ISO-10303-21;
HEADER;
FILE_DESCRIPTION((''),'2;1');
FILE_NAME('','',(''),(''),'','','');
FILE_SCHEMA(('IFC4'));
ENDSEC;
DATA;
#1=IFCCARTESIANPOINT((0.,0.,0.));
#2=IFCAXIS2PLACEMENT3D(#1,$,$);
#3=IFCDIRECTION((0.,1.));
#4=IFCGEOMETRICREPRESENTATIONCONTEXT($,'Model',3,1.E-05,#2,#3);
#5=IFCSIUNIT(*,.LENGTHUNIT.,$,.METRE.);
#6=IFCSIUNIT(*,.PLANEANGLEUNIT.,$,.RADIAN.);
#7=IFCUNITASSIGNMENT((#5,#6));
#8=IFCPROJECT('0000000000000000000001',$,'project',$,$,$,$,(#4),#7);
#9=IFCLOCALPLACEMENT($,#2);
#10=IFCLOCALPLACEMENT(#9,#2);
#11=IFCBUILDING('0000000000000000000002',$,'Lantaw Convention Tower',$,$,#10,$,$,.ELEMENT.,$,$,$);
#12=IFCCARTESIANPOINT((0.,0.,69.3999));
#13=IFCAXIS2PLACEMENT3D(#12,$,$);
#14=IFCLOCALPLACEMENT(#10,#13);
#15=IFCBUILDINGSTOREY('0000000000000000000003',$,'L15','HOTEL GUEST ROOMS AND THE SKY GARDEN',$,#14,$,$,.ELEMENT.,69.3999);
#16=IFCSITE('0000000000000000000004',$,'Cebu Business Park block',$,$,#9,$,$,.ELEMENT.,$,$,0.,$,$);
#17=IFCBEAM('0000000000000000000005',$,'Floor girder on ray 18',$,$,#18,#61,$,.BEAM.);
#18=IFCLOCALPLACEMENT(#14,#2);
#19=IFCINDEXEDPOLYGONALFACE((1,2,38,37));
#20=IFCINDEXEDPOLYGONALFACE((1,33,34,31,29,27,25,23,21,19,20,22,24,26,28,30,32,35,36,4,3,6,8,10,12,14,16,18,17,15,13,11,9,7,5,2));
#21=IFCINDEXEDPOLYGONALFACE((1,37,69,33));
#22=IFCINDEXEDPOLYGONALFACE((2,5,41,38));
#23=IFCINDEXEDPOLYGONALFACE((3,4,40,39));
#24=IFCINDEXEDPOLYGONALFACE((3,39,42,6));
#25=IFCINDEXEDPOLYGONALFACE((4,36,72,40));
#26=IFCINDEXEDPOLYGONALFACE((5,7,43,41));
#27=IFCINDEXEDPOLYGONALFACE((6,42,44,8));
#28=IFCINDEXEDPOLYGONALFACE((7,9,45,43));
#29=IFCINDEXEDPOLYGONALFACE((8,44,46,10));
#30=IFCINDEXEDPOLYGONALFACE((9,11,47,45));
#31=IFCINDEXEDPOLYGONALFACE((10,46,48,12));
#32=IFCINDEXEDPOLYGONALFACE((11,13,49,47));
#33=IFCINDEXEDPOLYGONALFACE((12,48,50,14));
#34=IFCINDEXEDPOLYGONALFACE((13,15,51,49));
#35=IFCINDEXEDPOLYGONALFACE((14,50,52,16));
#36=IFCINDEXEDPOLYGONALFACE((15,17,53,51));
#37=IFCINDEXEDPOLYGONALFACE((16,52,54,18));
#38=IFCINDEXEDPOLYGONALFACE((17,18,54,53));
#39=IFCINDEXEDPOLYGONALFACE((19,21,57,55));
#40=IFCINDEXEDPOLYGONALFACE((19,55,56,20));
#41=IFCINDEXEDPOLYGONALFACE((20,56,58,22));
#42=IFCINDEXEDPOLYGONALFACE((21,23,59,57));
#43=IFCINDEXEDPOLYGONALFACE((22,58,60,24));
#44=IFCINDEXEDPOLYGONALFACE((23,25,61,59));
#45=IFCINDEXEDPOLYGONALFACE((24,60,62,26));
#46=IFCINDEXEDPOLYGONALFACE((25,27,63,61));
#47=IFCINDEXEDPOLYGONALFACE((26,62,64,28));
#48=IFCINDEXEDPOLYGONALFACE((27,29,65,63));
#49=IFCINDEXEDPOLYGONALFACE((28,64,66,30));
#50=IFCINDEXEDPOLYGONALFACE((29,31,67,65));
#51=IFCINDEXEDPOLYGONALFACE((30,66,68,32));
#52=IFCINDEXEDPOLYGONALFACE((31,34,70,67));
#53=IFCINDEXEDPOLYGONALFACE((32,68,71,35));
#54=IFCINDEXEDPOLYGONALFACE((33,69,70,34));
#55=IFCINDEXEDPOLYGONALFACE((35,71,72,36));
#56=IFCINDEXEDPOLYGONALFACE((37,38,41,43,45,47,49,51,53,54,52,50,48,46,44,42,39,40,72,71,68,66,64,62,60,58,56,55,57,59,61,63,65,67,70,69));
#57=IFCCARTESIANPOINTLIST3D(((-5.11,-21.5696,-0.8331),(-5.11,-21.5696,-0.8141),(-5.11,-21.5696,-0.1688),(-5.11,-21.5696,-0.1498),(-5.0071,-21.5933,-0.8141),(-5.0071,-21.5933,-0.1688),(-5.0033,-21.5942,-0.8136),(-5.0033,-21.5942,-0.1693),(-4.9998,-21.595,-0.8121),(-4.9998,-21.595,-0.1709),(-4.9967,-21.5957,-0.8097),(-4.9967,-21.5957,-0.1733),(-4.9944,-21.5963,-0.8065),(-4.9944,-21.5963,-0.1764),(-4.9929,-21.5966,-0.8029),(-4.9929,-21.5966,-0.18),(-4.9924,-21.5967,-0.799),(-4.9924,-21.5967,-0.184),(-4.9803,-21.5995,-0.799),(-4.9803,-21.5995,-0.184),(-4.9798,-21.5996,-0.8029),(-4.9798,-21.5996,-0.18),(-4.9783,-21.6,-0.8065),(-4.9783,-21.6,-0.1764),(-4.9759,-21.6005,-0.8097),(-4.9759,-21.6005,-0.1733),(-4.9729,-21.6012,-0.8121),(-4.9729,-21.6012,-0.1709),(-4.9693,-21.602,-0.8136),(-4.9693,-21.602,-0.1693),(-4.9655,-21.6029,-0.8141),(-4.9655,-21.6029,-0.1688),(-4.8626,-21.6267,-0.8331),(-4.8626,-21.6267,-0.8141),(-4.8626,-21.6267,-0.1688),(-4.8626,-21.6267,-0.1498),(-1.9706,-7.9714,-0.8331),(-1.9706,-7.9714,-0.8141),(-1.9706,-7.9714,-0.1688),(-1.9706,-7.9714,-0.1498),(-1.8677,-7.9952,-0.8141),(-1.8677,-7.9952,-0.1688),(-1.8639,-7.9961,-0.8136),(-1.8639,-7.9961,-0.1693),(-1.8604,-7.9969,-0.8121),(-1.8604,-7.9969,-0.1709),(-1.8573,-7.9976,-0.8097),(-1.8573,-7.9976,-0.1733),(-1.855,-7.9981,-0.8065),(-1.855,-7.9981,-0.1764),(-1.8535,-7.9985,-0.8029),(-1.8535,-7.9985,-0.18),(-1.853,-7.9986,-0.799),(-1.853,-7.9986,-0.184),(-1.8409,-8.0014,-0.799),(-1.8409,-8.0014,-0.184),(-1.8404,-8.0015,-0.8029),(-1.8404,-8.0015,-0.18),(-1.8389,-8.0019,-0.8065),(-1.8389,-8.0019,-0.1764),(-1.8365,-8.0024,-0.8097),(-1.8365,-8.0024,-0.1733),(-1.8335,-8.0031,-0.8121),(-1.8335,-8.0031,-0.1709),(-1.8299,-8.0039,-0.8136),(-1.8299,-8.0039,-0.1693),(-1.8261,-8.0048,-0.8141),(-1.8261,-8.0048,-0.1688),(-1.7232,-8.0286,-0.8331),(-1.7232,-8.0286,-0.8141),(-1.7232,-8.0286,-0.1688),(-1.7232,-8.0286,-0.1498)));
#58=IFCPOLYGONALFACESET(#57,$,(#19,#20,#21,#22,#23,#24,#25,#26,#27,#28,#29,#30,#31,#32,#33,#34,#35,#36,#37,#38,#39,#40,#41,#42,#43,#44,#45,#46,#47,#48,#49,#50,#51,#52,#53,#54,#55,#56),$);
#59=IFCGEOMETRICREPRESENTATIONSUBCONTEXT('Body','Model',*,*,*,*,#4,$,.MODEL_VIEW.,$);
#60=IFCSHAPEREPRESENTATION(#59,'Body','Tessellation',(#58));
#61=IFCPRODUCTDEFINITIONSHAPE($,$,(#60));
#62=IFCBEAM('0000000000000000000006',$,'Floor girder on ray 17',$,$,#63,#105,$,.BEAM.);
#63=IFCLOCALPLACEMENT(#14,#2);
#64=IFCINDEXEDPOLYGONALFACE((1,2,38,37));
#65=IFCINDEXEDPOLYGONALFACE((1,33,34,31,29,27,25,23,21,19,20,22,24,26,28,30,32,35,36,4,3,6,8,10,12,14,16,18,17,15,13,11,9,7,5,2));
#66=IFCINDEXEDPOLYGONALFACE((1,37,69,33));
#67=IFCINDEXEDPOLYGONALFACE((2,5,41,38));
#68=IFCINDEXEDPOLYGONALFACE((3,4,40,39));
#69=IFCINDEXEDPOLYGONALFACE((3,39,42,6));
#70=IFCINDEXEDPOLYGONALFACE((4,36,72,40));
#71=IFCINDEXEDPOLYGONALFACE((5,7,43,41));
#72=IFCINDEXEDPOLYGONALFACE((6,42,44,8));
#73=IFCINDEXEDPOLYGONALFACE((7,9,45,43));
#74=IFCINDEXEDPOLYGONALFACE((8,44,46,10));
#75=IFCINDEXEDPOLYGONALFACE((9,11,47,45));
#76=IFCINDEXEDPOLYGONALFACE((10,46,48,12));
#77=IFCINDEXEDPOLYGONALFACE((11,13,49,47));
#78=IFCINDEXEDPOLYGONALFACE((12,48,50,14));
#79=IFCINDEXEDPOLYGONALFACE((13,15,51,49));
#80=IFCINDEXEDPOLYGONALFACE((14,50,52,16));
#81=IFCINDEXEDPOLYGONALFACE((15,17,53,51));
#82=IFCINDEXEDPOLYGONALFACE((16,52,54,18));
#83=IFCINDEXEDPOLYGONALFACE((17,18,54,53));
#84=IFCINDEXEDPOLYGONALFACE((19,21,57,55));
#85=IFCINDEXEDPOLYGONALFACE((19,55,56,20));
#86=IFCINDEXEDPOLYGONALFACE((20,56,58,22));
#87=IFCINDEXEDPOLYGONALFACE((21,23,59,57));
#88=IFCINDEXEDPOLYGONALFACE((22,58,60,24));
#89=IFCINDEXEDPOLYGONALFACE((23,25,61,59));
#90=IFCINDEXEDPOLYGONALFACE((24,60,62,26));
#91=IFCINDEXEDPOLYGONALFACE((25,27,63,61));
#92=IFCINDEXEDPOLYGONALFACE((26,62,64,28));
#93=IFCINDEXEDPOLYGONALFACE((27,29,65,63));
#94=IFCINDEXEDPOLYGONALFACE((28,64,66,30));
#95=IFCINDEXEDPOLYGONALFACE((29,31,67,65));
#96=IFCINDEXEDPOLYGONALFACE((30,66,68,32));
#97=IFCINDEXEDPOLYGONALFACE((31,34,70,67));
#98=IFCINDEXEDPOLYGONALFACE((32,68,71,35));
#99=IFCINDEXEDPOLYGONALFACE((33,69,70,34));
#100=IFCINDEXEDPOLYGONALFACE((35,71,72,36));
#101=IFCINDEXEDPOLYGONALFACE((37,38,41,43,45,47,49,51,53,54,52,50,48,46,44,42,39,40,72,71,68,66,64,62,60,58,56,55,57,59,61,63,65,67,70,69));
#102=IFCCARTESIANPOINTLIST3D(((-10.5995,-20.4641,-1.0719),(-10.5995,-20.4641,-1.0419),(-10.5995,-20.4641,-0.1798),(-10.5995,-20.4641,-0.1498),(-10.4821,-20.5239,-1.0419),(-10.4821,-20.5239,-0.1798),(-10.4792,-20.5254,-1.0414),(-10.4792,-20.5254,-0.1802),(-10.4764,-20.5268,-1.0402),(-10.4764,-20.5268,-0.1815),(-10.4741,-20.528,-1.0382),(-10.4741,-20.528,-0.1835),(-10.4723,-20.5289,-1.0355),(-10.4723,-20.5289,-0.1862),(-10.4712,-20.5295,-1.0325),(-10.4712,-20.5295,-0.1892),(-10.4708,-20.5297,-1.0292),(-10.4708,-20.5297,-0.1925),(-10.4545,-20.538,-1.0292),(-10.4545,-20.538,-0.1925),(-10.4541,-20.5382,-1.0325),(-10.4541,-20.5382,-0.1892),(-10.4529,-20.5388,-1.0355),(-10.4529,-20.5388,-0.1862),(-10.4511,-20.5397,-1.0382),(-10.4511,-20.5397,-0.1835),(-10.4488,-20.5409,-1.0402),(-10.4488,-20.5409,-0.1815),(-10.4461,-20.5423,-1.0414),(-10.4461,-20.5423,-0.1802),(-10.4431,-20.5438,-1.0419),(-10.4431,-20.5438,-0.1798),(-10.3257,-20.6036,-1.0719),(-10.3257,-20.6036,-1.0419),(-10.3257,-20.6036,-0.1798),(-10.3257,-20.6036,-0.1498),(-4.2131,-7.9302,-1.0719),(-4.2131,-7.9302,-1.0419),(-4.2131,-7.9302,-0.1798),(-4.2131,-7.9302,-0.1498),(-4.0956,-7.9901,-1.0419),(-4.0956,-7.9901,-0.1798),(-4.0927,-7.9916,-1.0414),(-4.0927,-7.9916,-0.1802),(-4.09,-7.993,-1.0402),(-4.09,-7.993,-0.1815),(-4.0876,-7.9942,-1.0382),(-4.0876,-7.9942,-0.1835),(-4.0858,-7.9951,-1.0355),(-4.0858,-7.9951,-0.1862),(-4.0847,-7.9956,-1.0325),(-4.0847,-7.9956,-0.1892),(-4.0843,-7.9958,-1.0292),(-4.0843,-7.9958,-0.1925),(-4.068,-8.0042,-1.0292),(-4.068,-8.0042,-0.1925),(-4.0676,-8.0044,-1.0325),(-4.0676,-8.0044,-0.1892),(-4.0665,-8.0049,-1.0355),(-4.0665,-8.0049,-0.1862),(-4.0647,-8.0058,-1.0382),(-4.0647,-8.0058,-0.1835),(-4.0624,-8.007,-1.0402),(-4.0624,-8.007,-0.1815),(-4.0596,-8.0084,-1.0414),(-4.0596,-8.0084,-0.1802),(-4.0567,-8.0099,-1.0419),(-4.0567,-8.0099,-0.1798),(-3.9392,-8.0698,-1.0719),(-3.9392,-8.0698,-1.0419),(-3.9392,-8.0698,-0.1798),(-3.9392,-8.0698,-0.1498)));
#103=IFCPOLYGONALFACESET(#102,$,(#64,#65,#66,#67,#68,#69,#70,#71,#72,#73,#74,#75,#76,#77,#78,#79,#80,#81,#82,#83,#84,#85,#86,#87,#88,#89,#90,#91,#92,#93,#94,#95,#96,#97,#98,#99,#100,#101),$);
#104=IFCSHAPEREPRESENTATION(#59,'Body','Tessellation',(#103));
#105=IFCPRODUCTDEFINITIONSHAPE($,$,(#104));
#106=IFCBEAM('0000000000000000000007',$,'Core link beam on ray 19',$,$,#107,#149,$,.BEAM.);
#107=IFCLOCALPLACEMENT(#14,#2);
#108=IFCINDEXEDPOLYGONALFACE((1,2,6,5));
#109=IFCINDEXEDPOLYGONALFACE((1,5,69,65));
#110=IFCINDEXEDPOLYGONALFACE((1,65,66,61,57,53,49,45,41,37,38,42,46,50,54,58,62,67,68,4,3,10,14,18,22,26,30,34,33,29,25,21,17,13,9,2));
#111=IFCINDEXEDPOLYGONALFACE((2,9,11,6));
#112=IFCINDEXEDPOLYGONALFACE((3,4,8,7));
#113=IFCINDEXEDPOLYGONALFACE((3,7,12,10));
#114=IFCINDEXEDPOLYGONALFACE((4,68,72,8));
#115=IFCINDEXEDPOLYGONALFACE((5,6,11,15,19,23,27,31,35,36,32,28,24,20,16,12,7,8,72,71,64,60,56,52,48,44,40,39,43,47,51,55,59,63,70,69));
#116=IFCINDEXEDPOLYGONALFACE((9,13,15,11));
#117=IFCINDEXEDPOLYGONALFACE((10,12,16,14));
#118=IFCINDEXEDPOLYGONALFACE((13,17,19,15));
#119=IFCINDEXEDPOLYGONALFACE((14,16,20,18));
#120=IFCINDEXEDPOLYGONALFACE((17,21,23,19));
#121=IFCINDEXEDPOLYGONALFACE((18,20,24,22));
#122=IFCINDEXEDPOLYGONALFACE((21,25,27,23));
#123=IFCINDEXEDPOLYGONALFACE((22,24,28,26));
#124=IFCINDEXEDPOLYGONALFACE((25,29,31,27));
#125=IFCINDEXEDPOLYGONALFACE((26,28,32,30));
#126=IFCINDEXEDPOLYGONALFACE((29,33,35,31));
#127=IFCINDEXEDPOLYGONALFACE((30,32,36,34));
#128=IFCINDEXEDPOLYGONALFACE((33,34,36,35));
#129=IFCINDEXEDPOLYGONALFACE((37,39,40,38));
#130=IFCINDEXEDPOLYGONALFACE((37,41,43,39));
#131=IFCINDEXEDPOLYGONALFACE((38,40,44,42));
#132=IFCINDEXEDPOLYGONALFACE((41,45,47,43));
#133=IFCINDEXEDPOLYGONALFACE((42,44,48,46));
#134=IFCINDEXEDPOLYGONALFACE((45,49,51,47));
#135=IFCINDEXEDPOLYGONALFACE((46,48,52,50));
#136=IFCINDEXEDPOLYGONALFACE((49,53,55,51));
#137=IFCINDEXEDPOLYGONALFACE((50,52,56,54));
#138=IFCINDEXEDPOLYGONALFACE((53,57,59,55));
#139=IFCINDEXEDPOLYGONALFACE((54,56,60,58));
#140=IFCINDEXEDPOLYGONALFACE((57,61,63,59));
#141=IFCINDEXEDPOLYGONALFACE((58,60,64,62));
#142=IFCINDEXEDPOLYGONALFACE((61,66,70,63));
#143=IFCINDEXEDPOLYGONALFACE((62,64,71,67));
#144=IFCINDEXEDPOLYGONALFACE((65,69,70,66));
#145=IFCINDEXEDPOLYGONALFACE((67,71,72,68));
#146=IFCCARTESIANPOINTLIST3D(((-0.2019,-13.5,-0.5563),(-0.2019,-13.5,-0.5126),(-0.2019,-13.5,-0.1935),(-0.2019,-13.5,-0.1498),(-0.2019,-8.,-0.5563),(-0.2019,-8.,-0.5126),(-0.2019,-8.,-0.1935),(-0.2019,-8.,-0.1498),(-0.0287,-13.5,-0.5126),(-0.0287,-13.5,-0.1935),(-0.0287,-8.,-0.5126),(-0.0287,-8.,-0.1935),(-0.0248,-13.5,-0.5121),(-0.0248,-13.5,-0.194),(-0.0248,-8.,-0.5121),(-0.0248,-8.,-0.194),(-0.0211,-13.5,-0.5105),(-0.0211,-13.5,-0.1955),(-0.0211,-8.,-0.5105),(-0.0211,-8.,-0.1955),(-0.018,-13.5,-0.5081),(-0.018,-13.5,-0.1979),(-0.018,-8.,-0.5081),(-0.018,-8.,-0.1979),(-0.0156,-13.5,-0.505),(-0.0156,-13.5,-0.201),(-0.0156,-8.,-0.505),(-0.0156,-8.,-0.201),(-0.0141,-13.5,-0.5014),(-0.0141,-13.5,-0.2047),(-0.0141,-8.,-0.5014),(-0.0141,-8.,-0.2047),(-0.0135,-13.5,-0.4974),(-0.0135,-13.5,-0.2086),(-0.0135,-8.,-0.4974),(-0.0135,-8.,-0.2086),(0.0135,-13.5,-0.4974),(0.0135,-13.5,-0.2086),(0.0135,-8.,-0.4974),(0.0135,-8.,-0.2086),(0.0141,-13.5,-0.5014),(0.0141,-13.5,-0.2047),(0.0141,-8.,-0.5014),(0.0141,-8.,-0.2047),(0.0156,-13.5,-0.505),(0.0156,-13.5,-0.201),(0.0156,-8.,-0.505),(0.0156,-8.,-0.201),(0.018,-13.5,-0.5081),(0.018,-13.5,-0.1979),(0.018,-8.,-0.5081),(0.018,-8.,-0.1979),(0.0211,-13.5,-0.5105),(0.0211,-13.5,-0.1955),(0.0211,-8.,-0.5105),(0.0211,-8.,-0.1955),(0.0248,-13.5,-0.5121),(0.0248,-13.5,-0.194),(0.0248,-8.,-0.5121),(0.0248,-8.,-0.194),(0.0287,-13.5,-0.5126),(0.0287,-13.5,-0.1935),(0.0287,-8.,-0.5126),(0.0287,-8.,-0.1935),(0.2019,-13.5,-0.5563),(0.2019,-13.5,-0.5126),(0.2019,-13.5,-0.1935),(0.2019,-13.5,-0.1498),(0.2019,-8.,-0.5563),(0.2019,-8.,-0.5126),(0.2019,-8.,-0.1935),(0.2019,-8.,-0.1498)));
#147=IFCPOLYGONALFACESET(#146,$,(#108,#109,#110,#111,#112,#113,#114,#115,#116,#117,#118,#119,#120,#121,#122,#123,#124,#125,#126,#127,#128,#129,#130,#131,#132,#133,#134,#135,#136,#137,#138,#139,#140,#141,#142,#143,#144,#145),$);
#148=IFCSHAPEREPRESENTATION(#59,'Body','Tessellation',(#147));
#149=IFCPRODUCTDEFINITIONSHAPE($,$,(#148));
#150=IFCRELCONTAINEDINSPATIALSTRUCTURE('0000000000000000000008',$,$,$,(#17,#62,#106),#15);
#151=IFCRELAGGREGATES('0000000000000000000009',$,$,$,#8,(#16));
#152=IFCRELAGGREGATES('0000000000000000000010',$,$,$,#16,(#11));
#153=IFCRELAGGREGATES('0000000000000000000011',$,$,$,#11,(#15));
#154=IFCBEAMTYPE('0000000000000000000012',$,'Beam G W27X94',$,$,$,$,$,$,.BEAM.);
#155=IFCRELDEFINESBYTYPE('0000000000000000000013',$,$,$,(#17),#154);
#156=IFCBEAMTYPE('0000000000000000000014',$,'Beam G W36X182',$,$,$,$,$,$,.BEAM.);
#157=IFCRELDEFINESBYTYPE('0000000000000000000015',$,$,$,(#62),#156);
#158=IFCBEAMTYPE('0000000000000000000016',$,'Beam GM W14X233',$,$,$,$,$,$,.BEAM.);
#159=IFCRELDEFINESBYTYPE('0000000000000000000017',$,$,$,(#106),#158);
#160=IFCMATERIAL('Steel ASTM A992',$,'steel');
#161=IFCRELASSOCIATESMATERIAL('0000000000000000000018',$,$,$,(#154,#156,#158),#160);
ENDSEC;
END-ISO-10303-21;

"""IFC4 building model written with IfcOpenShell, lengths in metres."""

from ifc_helpers import new_model, si_unit, direction, frame, origin, origin_2d, place, context, subcontext, project, spatial, i_section, extrude, material, material_profile, profile_set, type_object, element, save


model = new_model("IFC4")

# Units and contexts
model_context = context("Model", 3, precision=1e-05, world=origin(), true_north=direction((0.0, 1.0)))
body_context = subcontext(model_context, "Body", "Model", "MODEL_VIEW")
ifc_project = project(units=[si_unit("LENGTHUNIT", "METRE"), si_unit("PLANEANGLEUNIT", "RADIAN")], contexts=[model_context])

# Site, building, storey
site_placement = place(None, origin())
site = spatial("IfcSite", under=ifc_project, at=site_placement, Name="Cebu Business Park block", CompositionType="ELEMENT", RefElevation=0.0)
building_placement = place(site_placement, origin())
building = spatial("IfcBuilding", under=site, at=building_placement, Name="Lantaw Convention Tower", CompositionType="ELEMENT")
storey_placement = place(building_placement, frame((0.0, 0.0, 69.3999)))
storey = spatial("IfcBuildingStorey", under=building, at=storey_placement, Name="L15", Description="HOTEL GUEST ROOMS AND THE SKY GARDEN", CompositionType="ELEMENT", Elevation=69.3999)

# Beams
ifc_material_1 = material(Name="Steel ASTM A992", Category="steel")
ifc_material_profile_1 = material_profile(ifc_material_1, i_section(OverallWidth=0.2539, OverallDepth=0.6833, WebThickness=0.0125, FlangeThickness=0.019, FilletRadius=0.0151, at=origin_2d()), Name="W27X94")
ifc_profile_set_1 = profile_set([ifc_material_profile_1], Name="Steel ASTM A992")
beam_type_1 = type_object("IfcBeamType", Name="Beam G W27X94", PredefinedType="BEAM", material=ifc_profile_set_1)
beam_1_placement = place(storey_placement, frame((-1.8469, -8.0, -0.4915), z_axis=(-0.224953, -0.97437, 0.0), x_axis=(0.97437, -0.224953, 0.0)))
element("IfcBeam", 1, at=beam_1_placement, inside=storey, type_object=beam_type_1, Name="Floor girder on ray 18", PredefinedType="BEAM", context=body_context, shape_type="SweptSolid", body=[
    extrude(i_section(OverallWidth=0.2539, OverallDepth=0.6833, WebThickness=0.0125, FlangeThickness=0.019, FilletRadius=0.0151, at=origin_2d()), origin(), (0.0, 0.0, 1.0), 13.9558),
])
ifc_material_profile_2 = material_profile(ifc_material_1, i_section(OverallWidth=0.3074, OverallDepth=0.9221, WebThickness=0.0183, FlangeThickness=0.03, FilletRadius=0.0127, at=origin_2d()), Name="W36X182")
ifc_profile_set_2 = profile_set([ifc_material_profile_2], Name="Steel ASTM A992")
beam_type_2 = type_object("IfcBeamType", Name="Beam G W36X182", PredefinedType="BEAM", material=ifc_profile_set_2)
beam_2_placement = place(storey_placement, frame((-4.0762, -8.0, -0.6108), z_axis=(-0.453997, -0.891003, 0.0), x_axis=(0.891003, -0.453997, 0.0)))
element("IfcBeam", 2, at=beam_2_placement, inside=storey, type_object=beam_type_2, Name="Floor girder on ray 17", PredefinedType="BEAM", context=body_context, shape_type="SweptSolid", body=[
    extrude(i_section(OverallWidth=0.3074, OverallDepth=0.9221, WebThickness=0.0183, FlangeThickness=0.03, FilletRadius=0.0127, at=origin_2d()), origin(), (0.0, 0.0, 1.0), 14.0671),
])
ifc_material_profile_3 = material_profile(ifc_material_1, i_section(OverallWidth=0.4038, OverallDepth=0.4065, WebThickness=0.0271, FlangeThickness=0.0437, FilletRadius=0.0151, at=origin_2d()), Name="W14X233")
ifc_profile_set_3 = profile_set([ifc_material_profile_3], Name="Steel ASTM A992")
beam_type_3 = type_object("IfcBeamType", Name="Beam GM W14X233", PredefinedType="BEAM", material=ifc_profile_set_3)
beam_3_placement = place(storey_placement, frame((0.0, -8.0, -0.353), z_axis=(0.0, -1.0, 0.0), x_axis=(1.0, 0.0, 0.0)))
element("IfcBeam", 3, at=beam_3_placement, inside=storey, type_object=beam_type_3, Name="Core link beam on ray 19", PredefinedType="BEAM", context=body_context, shape_type="SweptSolid", body=[
    extrude(i_section(OverallWidth=0.4038, OverallDepth=0.4065, WebThickness=0.0271, FlangeThickness=0.0437, FilletRadius=0.0151, at=origin_2d()), origin(), (0.0, 0.0, 1.0), 5.5),
])

save(model, "model.ifc")
